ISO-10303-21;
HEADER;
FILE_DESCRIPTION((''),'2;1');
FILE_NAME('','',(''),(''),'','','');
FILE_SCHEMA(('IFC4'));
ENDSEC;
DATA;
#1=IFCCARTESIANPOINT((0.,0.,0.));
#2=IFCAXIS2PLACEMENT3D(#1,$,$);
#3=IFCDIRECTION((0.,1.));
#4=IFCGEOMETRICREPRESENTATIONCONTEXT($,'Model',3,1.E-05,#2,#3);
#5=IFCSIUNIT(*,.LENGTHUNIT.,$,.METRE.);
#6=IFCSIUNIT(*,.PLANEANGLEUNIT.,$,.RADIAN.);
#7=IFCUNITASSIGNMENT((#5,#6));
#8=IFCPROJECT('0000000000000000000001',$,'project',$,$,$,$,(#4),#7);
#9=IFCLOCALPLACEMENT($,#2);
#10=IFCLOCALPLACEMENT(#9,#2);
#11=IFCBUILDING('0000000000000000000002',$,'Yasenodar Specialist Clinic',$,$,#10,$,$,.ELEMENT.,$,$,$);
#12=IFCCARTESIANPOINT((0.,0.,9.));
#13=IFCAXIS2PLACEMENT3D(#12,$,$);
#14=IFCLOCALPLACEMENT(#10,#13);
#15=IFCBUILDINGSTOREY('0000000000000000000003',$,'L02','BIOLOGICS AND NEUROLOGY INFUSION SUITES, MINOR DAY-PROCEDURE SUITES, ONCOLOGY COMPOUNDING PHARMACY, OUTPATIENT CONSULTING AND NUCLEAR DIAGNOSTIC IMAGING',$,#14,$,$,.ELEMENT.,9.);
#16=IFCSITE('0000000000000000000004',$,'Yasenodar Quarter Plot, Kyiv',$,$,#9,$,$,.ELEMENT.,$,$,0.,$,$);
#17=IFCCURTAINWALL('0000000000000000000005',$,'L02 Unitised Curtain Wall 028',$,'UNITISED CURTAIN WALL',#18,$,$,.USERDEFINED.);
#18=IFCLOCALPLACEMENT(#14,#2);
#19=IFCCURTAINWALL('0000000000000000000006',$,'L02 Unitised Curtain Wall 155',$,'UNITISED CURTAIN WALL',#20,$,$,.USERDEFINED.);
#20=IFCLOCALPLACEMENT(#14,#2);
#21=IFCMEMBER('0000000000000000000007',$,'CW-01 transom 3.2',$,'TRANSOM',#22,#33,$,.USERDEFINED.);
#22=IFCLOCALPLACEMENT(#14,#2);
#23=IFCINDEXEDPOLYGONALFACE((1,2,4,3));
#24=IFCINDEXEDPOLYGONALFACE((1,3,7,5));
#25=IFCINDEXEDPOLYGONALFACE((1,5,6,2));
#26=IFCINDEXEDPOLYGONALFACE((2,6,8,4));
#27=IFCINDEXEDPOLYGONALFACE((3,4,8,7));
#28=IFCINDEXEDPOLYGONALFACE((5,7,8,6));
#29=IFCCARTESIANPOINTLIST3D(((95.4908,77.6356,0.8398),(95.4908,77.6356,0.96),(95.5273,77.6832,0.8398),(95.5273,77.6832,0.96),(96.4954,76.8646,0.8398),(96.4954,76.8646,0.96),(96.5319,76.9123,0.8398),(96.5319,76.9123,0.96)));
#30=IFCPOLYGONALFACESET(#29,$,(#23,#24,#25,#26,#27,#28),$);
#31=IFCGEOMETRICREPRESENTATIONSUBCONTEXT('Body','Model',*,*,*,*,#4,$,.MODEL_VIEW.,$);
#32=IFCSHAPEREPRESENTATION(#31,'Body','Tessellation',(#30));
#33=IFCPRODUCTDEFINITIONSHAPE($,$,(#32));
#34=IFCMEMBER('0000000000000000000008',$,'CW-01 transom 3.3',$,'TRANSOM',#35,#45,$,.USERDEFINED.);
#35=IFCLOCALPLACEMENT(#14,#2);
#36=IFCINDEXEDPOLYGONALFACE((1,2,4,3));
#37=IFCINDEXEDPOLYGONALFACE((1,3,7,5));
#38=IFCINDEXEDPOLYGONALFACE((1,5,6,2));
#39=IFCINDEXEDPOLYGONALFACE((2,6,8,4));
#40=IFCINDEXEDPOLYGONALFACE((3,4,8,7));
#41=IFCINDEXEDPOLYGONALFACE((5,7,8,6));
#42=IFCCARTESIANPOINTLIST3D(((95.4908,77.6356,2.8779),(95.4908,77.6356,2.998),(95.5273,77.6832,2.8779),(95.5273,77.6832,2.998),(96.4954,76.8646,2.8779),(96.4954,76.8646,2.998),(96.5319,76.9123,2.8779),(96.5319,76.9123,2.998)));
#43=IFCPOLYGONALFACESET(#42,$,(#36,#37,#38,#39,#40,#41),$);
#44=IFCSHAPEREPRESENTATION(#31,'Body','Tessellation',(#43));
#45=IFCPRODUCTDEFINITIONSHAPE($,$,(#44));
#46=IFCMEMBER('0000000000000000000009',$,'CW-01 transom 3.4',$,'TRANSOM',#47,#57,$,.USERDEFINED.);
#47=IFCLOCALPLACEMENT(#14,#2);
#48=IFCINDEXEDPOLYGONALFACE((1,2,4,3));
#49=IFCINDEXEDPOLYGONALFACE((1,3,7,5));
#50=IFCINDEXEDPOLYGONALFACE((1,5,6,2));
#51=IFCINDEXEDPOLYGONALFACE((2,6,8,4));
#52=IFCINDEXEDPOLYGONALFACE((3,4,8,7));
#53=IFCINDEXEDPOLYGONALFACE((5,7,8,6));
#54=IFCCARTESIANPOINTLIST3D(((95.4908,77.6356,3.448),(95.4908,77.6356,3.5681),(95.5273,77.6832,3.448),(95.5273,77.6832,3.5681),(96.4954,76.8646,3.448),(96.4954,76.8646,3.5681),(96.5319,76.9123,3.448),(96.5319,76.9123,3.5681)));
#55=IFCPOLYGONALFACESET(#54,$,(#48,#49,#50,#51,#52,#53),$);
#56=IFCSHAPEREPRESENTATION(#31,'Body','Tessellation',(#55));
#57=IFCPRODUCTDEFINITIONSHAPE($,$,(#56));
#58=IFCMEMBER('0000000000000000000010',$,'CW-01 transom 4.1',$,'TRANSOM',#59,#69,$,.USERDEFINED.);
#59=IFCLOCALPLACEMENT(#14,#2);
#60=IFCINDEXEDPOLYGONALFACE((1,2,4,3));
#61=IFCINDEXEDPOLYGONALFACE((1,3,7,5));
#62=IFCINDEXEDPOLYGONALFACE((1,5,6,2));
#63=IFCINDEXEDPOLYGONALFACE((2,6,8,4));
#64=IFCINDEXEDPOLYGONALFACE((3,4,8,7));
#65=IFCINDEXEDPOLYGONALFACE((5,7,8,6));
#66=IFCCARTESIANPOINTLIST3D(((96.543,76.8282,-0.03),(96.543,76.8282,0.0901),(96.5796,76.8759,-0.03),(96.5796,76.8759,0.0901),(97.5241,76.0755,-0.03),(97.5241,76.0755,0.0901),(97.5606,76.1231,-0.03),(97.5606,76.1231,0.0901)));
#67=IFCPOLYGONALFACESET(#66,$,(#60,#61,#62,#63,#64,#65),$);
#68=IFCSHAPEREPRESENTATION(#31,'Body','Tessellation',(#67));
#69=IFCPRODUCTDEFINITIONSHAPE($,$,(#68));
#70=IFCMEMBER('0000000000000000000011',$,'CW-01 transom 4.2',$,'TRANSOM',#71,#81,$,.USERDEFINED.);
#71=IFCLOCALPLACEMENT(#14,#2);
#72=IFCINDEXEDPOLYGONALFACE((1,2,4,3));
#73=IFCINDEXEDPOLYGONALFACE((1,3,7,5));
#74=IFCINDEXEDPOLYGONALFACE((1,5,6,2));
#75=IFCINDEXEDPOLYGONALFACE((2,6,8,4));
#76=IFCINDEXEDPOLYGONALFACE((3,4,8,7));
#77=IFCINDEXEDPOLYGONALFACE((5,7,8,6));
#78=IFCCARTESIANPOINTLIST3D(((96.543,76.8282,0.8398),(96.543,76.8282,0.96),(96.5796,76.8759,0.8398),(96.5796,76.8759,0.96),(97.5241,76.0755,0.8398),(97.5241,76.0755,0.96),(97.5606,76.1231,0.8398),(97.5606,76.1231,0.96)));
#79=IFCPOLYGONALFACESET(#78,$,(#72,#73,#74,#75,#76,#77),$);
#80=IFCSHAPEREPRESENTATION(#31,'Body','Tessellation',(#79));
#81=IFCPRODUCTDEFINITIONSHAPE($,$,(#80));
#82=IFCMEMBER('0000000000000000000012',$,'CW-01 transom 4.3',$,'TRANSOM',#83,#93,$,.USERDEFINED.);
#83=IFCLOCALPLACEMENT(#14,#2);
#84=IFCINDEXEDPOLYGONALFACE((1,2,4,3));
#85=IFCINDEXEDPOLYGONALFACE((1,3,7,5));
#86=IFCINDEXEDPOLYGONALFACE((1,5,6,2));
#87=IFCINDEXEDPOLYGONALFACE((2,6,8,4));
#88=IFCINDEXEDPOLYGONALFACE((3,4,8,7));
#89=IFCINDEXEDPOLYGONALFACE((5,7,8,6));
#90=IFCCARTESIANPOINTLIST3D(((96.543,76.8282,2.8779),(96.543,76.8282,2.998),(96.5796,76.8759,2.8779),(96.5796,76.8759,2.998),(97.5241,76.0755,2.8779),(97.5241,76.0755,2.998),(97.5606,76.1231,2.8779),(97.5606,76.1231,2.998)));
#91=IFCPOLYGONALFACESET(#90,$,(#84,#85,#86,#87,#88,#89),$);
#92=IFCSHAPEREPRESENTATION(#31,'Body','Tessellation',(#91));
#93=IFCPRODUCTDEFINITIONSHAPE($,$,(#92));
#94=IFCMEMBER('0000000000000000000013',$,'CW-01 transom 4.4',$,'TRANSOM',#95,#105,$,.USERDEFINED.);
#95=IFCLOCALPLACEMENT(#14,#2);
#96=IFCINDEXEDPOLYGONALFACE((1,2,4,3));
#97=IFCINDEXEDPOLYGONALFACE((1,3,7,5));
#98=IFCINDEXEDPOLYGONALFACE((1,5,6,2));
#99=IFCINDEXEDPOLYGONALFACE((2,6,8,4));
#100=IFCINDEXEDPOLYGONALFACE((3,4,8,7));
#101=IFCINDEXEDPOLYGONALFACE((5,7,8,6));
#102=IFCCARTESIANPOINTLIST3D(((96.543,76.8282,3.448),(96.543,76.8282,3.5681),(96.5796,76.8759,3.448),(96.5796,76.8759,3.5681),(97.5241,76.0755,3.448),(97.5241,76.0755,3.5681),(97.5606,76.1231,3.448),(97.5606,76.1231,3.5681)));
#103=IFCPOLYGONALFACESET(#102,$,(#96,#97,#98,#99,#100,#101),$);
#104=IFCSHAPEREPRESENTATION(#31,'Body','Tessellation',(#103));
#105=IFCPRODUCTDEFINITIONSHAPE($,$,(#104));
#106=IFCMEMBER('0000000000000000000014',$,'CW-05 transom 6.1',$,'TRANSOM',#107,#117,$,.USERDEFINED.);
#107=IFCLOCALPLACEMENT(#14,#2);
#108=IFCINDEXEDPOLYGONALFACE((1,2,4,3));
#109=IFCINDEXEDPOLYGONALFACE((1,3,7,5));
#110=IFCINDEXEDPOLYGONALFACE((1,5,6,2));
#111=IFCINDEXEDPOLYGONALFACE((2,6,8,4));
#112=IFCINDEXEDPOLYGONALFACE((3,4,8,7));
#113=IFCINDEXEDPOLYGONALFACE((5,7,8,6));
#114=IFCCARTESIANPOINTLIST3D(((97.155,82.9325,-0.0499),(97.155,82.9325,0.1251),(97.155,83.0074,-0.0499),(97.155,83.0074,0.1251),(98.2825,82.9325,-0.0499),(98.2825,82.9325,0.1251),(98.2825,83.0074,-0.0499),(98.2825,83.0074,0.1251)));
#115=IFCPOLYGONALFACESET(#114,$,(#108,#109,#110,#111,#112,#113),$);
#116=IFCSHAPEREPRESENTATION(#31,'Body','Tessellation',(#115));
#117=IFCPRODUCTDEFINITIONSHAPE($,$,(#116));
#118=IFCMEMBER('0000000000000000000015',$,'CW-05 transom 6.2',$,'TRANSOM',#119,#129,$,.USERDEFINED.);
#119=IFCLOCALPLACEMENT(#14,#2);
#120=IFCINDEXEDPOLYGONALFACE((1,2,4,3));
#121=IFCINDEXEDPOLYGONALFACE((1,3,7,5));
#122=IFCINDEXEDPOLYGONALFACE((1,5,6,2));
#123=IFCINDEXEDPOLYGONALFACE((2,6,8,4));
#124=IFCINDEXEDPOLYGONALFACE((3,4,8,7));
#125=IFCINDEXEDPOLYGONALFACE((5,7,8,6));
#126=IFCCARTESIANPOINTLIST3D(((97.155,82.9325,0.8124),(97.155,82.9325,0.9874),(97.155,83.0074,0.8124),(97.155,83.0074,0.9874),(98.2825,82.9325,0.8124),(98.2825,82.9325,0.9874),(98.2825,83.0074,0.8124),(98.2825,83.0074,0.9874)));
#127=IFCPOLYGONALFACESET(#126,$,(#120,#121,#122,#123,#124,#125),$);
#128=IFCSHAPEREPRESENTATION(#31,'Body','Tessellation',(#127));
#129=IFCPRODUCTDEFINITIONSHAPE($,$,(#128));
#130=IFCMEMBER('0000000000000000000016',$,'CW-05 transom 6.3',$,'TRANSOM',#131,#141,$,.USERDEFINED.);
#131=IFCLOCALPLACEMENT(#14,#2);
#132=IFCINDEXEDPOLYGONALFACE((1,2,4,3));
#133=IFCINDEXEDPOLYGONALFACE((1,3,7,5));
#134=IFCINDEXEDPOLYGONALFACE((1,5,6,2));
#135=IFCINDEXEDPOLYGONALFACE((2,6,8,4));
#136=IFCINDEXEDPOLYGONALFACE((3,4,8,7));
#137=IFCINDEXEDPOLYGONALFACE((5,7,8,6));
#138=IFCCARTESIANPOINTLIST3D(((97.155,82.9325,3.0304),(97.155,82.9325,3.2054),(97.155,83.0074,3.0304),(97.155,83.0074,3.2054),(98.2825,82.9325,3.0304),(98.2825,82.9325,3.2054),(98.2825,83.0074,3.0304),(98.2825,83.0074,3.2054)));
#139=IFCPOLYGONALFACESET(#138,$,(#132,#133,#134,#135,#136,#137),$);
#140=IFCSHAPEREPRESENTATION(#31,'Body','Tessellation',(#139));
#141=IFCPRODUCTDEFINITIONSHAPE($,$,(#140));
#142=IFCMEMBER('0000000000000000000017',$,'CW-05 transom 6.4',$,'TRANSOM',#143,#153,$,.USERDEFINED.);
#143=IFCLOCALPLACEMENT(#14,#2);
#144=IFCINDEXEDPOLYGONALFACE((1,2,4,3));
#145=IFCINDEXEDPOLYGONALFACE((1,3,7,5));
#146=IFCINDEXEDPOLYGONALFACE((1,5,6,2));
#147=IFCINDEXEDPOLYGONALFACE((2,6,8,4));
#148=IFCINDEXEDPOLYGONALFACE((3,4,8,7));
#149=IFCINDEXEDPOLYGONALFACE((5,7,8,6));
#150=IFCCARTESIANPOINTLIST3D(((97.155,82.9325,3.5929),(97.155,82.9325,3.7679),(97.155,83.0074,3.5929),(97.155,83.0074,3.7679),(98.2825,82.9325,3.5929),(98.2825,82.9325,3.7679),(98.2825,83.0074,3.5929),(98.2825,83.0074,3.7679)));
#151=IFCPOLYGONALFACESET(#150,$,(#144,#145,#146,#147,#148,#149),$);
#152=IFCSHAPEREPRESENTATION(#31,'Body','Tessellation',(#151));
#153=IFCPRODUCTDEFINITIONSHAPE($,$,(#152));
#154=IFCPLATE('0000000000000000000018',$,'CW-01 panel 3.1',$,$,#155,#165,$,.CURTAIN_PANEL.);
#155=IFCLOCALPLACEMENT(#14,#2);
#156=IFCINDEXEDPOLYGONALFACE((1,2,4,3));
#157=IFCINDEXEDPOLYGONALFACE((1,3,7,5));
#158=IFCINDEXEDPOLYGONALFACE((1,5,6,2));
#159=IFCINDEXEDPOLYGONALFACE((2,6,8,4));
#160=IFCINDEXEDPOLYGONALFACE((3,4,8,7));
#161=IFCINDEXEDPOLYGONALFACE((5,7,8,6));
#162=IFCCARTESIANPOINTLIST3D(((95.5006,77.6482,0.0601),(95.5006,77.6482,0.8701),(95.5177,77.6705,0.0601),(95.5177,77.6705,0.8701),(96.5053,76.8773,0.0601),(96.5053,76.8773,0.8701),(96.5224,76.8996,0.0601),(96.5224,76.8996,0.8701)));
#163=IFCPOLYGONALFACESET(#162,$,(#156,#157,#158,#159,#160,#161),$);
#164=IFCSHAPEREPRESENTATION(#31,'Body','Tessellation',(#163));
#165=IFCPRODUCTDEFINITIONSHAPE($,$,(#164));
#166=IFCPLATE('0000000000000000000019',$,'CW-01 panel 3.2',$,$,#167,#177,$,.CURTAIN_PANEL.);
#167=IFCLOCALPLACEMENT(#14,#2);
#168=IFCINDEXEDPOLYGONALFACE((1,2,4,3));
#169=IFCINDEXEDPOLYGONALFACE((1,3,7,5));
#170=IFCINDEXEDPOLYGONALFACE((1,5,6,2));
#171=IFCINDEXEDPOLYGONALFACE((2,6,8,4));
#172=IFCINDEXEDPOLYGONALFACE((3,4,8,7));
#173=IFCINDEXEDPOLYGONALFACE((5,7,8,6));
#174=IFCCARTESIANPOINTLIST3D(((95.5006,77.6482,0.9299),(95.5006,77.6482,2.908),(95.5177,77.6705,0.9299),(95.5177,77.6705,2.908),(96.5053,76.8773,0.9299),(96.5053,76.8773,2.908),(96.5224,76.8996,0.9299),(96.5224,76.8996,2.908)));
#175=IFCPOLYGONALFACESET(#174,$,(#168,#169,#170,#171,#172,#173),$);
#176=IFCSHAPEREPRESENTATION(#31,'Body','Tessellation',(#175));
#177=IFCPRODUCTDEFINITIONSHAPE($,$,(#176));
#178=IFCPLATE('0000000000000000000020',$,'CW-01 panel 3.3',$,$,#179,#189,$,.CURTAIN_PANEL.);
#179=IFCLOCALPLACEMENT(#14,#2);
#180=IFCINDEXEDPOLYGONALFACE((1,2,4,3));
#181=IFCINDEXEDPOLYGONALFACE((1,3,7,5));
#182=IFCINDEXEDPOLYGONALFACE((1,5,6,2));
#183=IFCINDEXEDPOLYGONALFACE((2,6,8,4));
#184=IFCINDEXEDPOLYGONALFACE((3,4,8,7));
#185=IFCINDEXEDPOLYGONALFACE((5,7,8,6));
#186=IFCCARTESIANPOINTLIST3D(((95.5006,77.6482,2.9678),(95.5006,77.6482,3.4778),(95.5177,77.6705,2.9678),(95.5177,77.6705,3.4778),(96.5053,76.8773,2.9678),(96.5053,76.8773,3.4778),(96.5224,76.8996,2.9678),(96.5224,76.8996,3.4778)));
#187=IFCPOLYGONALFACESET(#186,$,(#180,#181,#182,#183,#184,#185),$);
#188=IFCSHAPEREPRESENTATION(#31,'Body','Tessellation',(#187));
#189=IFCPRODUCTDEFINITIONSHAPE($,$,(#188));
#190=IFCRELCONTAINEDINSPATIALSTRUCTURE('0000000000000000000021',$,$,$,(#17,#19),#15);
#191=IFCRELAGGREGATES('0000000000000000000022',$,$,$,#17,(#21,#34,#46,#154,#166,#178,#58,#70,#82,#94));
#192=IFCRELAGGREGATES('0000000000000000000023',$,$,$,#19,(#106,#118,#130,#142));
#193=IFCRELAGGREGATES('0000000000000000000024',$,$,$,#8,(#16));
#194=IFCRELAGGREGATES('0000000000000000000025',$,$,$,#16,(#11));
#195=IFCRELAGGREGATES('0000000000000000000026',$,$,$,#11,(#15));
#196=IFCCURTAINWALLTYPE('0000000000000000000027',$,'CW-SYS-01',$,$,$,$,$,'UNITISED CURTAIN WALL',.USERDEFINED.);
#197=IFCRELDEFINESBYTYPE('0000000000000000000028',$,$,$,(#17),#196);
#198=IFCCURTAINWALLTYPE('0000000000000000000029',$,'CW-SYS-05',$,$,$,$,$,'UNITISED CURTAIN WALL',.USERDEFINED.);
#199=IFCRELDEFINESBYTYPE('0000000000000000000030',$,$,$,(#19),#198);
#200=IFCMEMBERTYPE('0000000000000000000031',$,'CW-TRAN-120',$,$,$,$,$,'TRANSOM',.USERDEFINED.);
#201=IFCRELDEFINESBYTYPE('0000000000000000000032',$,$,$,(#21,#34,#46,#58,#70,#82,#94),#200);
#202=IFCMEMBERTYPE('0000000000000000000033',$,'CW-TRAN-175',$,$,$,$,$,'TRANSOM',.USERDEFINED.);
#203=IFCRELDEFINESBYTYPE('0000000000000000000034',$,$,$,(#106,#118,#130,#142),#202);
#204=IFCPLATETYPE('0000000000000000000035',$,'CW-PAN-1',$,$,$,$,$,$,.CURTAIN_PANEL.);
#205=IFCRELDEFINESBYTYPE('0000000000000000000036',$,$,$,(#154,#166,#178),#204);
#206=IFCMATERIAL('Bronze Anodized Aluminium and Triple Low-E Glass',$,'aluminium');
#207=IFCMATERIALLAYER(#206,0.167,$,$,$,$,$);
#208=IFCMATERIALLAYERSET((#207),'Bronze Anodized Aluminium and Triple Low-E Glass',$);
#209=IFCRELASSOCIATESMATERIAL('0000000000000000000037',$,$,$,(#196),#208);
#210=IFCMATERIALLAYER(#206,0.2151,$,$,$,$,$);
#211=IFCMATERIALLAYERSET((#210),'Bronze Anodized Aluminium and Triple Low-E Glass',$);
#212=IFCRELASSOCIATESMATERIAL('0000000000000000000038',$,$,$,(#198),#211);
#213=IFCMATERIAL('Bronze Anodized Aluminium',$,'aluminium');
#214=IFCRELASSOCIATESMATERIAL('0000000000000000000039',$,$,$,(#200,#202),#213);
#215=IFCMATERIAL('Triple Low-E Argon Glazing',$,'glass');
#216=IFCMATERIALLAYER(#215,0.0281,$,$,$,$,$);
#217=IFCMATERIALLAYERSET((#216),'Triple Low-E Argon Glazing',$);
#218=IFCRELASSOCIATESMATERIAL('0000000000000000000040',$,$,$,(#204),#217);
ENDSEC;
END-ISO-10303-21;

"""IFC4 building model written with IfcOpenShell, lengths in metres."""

from ifc_helpers import new_model, si_unit, direction, frame, origin, origin_2d, place, context, subcontext, project, spatial, rectangle, extrude, material, layer, layer_set, material_profile, profile_set, type_object, element, aggregate, save


model = new_model("IFC4")

# Units and contexts
model_context = context("Model", 3, precision=1e-05, world=origin(), true_north=direction((0.0, 1.0)))
body_context = subcontext(model_context, "Body", "Model", "MODEL_VIEW")
ifc_project = project(units=[si_unit("LENGTHUNIT", "METRE"), si_unit("PLANEANGLEUNIT", "RADIAN")], contexts=[model_context])

# Site, building, storey
site_placement = place(None, origin())
site = spatial("IfcSite", under=ifc_project, at=site_placement, Name="Yasenodar Quarter Plot, Kyiv", CompositionType="ELEMENT", RefElevation=0.0)
building_placement = place(site_placement, origin())
building = spatial("IfcBuilding", under=site, at=building_placement, Name="Yasenodar Specialist Clinic", CompositionType="ELEMENT")
storey_placement = place(building_placement, frame((0.0, 0.0, 9.0)))
storey = spatial("IfcBuildingStorey", under=building, at=storey_placement, Name="L02", Description="BIOLOGICS AND NEUROLOGY INFUSION SUITES, MINOR DAY-PROCEDURE SUITES, ONCOLOGY COMPOUNDING PHARMACY, OUTPATIENT CONSULTING AND NUCLEAR DIAGNOSTIC IMAGING", CompositionType="ELEMENT", Elevation=9.0)

# Shared definitions
ifc_material_1 = material(Name="Bronze Anodized Aluminium and Triple Low-E Glass", Category="aluminium")
ifc_layer_1 = layer(ifc_material_1, 0.167)
ifc_layer_set_1 = layer_set([ifc_layer_1], Name="Bronze Anodized Aluminium and Triple Low-E Glass")
curtain_wall_type_1 = type_object("IfcCurtainWallType", Name="CW-SYS-01", ElementType="UNITISED CURTAIN WALL", PredefinedType="USERDEFINED", material=ifc_layer_set_1)
ifc_material_2 = material(Name="Bronze Anodized Aluminium", Category="aluminium")

# Curtain wall
curtain_wall_1_placement = place(storey_placement, origin())
curtain_wall_1 = element("IfcCurtainWall", 1, at=curtain_wall_1_placement, inside=storey, type_object=curtain_wall_type_1, Name="L02 Unitised Curtain Wall 028", ObjectType="UNITISED CURTAIN WALL", PredefinedType="USERDEFINED")

# Curtain wall
ifc_layer_2 = layer(ifc_material_1, 0.2151)
ifc_layer_set_2 = layer_set([ifc_layer_2], Name="Bronze Anodized Aluminium and Triple Low-E Glass")
curtain_wall_type_2 = type_object("IfcCurtainWallType", Name="CW-SYS-05", ElementType="UNITISED CURTAIN WALL", PredefinedType="USERDEFINED", material=ifc_layer_set_2)
curtain_wall_2_placement = place(storey_placement, origin())
curtain_wall_2 = element("IfcCurtainWall", 2, at=curtain_wall_2_placement, inside=storey, type_object=curtain_wall_type_2, Name="L02 Unitised Curtain Wall 155", ObjectType="UNITISED CURTAIN WALL", PredefinedType="USERDEFINED")

# Members
ifc_material_profile_1 = material_profile(ifc_material_2, rectangle(XDim=0.0601, YDim=0.1201, at=origin_2d()), Name="CW-TRAN 60x120")
ifc_profile_set_1 = profile_set([ifc_material_profile_1], Name="Bronze Anodized Aluminium")
member_type_1 = type_object("IfcMemberType", Name="CW-TRAN-120", ElementType="TRANSOM", PredefinedType="USERDEFINED", material=ifc_profile_set_1)
member_1_placement = place(storey_placement, frame((95.509, 77.6594, 0.8999), z_axis=(0.793311, -0.608816, 0.0), x_axis=(0.608816, 0.793311, 0.0)))
member_1 = element("IfcMember", 3, at=member_1_placement, type_object=member_type_1, Name="CW-01 transom 3.2", ObjectType="TRANSOM", PredefinedType="USERDEFINED", context=body_context, shape_type="SweptSolid", body=[
    extrude(rectangle(XDim=0.0601, YDim=0.1201, at=origin_2d()), origin(), (0.0, 0.0, 1.0), 1.2664),
])
member_2_placement = place(storey_placement, frame((95.509, 77.6594, 2.938), z_axis=(0.793311, -0.608816, 0.0), x_axis=(0.608816, 0.793311, 0.0)))
member_2 = element("IfcMember", 4, at=member_2_placement, type_object=member_type_1, Name="CW-01 transom 3.3", ObjectType="TRANSOM", PredefinedType="USERDEFINED", context=body_context, shape_type="SweptSolid", body=[
    extrude(rectangle(XDim=0.0601, YDim=0.1201, at=origin_2d()), origin(), (0.0, 0.0, 1.0), 1.2664),
])
member_3_placement = place(storey_placement, frame((95.509, 77.6594, 3.5081), z_axis=(0.793311, -0.608816, 0.0), x_axis=(0.608816, 0.793311, 0.0)))
member_3 = element("IfcMember", 5, at=member_3_placement, type_object=member_type_1, Name="CW-01 transom 3.4", ObjectType="TRANSOM", PredefinedType="USERDEFINED", context=body_context, shape_type="SweptSolid", body=[
    extrude(rectangle(XDim=0.0601, YDim=0.1201, at=origin_2d()), origin(), (0.0, 0.0, 1.0), 1.2664),
])
member_4_placement = place(storey_placement, frame((96.5613, 76.8521, 0.03), z_axis=(0.793365, -0.608747, 0.0), x_axis=(0.608747, 0.793365, 0.0)))
member_4 = element("IfcMember", 6, at=member_4_placement, type_object=member_type_1, Name="CW-01 transom 4.1", ObjectType="TRANSOM", PredefinedType="USERDEFINED", context=body_context, shape_type="SweptSolid", body=[
    extrude(rectangle(XDim=0.0601, YDim=0.1201, at=origin_2d()), origin(), (0.0, 0.0, 1.0), 1.2366),
])
member_5_placement = place(storey_placement, frame((96.5613, 76.8521, 0.8999), z_axis=(0.793365, -0.608747, 0.0), x_axis=(0.608747, 0.793365, 0.0)))
member_5 = element("IfcMember", 7, at=member_5_placement, type_object=member_type_1, Name="CW-01 transom 4.2", ObjectType="TRANSOM", PredefinedType="USERDEFINED", context=body_context, shape_type="SweptSolid", body=[
    extrude(rectangle(XDim=0.0601, YDim=0.1201, at=origin_2d()), origin(), (0.0, 0.0, 1.0), 1.2366),
])
member_6_placement = place(storey_placement, frame((96.5613, 76.8521, 2.938), z_axis=(0.793365, -0.608747, 0.0), x_axis=(0.608747, 0.793365, 0.0)))
member_6 = element("IfcMember", 8, at=member_6_placement, type_object=member_type_1, Name="CW-01 transom 4.3", ObjectType="TRANSOM", PredefinedType="USERDEFINED", context=body_context, shape_type="SweptSolid", body=[
    extrude(rectangle(XDim=0.0601, YDim=0.1201, at=origin_2d()), origin(), (0.0, 0.0, 1.0), 1.2366),
])
member_7_placement = place(storey_placement, frame((96.5613, 76.8521, 3.5081), z_axis=(0.793365, -0.608747, 0.0), x_axis=(0.608747, 0.793365, 0.0)))
member_7 = element("IfcMember", 9, at=member_7_placement, type_object=member_type_1, Name="CW-01 transom 4.4", ObjectType="TRANSOM", PredefinedType="USERDEFINED", context=body_context, shape_type="SweptSolid", body=[
    extrude(rectangle(XDim=0.0601, YDim=0.1201, at=origin_2d()), origin(), (0.0, 0.0, 1.0), 1.2366),
])
ifc_material_profile_2 = material_profile(ifc_material_2, rectangle(XDim=0.075, YDim=0.175, at=origin_2d()), Name="CW-TRAN 75x175")
ifc_profile_set_2 = profile_set([ifc_material_profile_2], Name="Bronze Anodized Aluminium")
member_type_2 = type_object("IfcMemberType", Name="CW-TRAN-175", ElementType="TRANSOM", PredefinedType="USERDEFINED", material=ifc_profile_set_2)
member_8_placement = place(storey_placement, frame((98.2825, 82.97, 0.0376), z_axis=(-1.0, 0.0, 0.0), x_axis=(0.0, -1.0, 0.0)))
member_8 = element("IfcMember", 10, at=member_8_placement, type_object=member_type_2, Name="CW-05 transom 6.1", ObjectType="TRANSOM", PredefinedType="USERDEFINED", context=body_context, shape_type="SweptSolid", body=[
    extrude(rectangle(XDim=0.075, YDim=0.175, at=origin_2d()), origin(), (0.0, 0.0, 1.0), 1.1274),
])
member_9_placement = place(storey_placement, frame((98.2825, 82.97, 0.8999), z_axis=(-1.0, 0.0, 0.0), x_axis=(0.0, -1.0, 0.0)))
member_9 = element("IfcMember", 11, at=member_9_placement, type_object=member_type_2, Name="CW-05 transom 6.2", ObjectType="TRANSOM", PredefinedType="USERDEFINED", context=body_context, shape_type="SweptSolid", body=[
    extrude(rectangle(XDim=0.075, YDim=0.175, at=origin_2d()), origin(), (0.0, 0.0, 1.0), 1.1274),
])
member_10_placement = place(storey_placement, frame((98.2825, 82.97, 3.1179), z_axis=(-1.0, 0.0, 0.0), x_axis=(0.0, -1.0, 0.0)))
member_10 = element("IfcMember", 12, at=member_10_placement, type_object=member_type_2, Name="CW-05 transom 6.3", ObjectType="TRANSOM", PredefinedType="USERDEFINED", context=body_context, shape_type="SweptSolid", body=[
    extrude(rectangle(XDim=0.075, YDim=0.175, at=origin_2d()), origin(), (0.0, 0.0, 1.0), 1.1274),
])
member_11_placement = place(storey_placement, frame((98.2825, 82.97, 3.6804), z_axis=(-1.0, 0.0, 0.0), x_axis=(0.0, -1.0, 0.0)))
member_11 = element("IfcMember", 13, at=member_11_placement, type_object=member_type_2, Name="CW-05 transom 6.4", ObjectType="TRANSOM", PredefinedType="USERDEFINED", context=body_context, shape_type="SweptSolid", body=[
    extrude(rectangle(XDim=0.075, YDim=0.175, at=origin_2d()), origin(), (0.0, 0.0, 1.0), 1.1274),
])

# Plates
ifc_material_3 = material(Name="Triple Low-E Argon Glazing", Category="glass")
ifc_layer_3 = layer(ifc_material_3, 0.0281)
ifc_layer_set_3 = layer_set([ifc_layer_3], Name="Triple Low-E Argon Glazing")
plate_type_1 = type_object("IfcPlateType", Name="CW-PAN-1", PredefinedType="CURTAIN_PANEL", material=ifc_layer_set_3)
plate_1_placement = place(storey_placement, frame((96.0115, 77.2739, 0.0601), z_axis=(0.0, 0.0, 1.0), x_axis=(0.793361, -0.608752, 0.0)))
plate_1 = element("IfcPlate", 14, at=plate_1_placement, type_object=plate_type_1, Name="CW-01 panel 3.1", PredefinedType="CURTAIN_PANEL", context=body_context, shape_type="SweptSolid", body=[
    extrude(rectangle(XDim=1.2664, YDim=0.0281, at=origin_2d()), origin(), (0.0, 0.0, 1.0), 0.8101),
])
plate_2_placement = place(storey_placement, frame((96.0115, 77.2739, 0.9299), z_axis=(0.0, 0.0, 1.0), x_axis=(0.793361, -0.608752, 0.0)))
plate_2 = element("IfcPlate", 15, at=plate_2_placement, type_object=plate_type_1, Name="CW-01 panel 3.2", PredefinedType="CURTAIN_PANEL", context=body_context, shape_type="SweptSolid", body=[
    extrude(rectangle(XDim=1.2664, YDim=0.0281, at=origin_2d()), origin(), (0.0, 0.0, 1.0), 1.978),
])
plate_3_placement = place(storey_placement, frame((96.0115, 77.2739, 2.9678), z_axis=(0.0, 0.0, 1.0), x_axis=(0.793361, -0.608752, 0.0)))
plate_3 = element("IfcPlate", 16, at=plate_3_placement, type_object=plate_type_1, Name="CW-01 panel 3.3", PredefinedType="CURTAIN_PANEL", context=body_context, shape_type="SweptSolid", body=[
    extrude(rectangle(XDim=1.2664, YDim=0.0281, at=origin_2d()), origin(), (0.0, 0.0, 1.0), 0.51),
])
aggregate(curtain_wall_1, [member_1, member_2, member_3, plate_1, plate_2, plate_3, member_4, member_5, member_6, member_7])
aggregate(curtain_wall_2, [member_8, member_9, member_10, member_11])

save(model, "model.ifc")
